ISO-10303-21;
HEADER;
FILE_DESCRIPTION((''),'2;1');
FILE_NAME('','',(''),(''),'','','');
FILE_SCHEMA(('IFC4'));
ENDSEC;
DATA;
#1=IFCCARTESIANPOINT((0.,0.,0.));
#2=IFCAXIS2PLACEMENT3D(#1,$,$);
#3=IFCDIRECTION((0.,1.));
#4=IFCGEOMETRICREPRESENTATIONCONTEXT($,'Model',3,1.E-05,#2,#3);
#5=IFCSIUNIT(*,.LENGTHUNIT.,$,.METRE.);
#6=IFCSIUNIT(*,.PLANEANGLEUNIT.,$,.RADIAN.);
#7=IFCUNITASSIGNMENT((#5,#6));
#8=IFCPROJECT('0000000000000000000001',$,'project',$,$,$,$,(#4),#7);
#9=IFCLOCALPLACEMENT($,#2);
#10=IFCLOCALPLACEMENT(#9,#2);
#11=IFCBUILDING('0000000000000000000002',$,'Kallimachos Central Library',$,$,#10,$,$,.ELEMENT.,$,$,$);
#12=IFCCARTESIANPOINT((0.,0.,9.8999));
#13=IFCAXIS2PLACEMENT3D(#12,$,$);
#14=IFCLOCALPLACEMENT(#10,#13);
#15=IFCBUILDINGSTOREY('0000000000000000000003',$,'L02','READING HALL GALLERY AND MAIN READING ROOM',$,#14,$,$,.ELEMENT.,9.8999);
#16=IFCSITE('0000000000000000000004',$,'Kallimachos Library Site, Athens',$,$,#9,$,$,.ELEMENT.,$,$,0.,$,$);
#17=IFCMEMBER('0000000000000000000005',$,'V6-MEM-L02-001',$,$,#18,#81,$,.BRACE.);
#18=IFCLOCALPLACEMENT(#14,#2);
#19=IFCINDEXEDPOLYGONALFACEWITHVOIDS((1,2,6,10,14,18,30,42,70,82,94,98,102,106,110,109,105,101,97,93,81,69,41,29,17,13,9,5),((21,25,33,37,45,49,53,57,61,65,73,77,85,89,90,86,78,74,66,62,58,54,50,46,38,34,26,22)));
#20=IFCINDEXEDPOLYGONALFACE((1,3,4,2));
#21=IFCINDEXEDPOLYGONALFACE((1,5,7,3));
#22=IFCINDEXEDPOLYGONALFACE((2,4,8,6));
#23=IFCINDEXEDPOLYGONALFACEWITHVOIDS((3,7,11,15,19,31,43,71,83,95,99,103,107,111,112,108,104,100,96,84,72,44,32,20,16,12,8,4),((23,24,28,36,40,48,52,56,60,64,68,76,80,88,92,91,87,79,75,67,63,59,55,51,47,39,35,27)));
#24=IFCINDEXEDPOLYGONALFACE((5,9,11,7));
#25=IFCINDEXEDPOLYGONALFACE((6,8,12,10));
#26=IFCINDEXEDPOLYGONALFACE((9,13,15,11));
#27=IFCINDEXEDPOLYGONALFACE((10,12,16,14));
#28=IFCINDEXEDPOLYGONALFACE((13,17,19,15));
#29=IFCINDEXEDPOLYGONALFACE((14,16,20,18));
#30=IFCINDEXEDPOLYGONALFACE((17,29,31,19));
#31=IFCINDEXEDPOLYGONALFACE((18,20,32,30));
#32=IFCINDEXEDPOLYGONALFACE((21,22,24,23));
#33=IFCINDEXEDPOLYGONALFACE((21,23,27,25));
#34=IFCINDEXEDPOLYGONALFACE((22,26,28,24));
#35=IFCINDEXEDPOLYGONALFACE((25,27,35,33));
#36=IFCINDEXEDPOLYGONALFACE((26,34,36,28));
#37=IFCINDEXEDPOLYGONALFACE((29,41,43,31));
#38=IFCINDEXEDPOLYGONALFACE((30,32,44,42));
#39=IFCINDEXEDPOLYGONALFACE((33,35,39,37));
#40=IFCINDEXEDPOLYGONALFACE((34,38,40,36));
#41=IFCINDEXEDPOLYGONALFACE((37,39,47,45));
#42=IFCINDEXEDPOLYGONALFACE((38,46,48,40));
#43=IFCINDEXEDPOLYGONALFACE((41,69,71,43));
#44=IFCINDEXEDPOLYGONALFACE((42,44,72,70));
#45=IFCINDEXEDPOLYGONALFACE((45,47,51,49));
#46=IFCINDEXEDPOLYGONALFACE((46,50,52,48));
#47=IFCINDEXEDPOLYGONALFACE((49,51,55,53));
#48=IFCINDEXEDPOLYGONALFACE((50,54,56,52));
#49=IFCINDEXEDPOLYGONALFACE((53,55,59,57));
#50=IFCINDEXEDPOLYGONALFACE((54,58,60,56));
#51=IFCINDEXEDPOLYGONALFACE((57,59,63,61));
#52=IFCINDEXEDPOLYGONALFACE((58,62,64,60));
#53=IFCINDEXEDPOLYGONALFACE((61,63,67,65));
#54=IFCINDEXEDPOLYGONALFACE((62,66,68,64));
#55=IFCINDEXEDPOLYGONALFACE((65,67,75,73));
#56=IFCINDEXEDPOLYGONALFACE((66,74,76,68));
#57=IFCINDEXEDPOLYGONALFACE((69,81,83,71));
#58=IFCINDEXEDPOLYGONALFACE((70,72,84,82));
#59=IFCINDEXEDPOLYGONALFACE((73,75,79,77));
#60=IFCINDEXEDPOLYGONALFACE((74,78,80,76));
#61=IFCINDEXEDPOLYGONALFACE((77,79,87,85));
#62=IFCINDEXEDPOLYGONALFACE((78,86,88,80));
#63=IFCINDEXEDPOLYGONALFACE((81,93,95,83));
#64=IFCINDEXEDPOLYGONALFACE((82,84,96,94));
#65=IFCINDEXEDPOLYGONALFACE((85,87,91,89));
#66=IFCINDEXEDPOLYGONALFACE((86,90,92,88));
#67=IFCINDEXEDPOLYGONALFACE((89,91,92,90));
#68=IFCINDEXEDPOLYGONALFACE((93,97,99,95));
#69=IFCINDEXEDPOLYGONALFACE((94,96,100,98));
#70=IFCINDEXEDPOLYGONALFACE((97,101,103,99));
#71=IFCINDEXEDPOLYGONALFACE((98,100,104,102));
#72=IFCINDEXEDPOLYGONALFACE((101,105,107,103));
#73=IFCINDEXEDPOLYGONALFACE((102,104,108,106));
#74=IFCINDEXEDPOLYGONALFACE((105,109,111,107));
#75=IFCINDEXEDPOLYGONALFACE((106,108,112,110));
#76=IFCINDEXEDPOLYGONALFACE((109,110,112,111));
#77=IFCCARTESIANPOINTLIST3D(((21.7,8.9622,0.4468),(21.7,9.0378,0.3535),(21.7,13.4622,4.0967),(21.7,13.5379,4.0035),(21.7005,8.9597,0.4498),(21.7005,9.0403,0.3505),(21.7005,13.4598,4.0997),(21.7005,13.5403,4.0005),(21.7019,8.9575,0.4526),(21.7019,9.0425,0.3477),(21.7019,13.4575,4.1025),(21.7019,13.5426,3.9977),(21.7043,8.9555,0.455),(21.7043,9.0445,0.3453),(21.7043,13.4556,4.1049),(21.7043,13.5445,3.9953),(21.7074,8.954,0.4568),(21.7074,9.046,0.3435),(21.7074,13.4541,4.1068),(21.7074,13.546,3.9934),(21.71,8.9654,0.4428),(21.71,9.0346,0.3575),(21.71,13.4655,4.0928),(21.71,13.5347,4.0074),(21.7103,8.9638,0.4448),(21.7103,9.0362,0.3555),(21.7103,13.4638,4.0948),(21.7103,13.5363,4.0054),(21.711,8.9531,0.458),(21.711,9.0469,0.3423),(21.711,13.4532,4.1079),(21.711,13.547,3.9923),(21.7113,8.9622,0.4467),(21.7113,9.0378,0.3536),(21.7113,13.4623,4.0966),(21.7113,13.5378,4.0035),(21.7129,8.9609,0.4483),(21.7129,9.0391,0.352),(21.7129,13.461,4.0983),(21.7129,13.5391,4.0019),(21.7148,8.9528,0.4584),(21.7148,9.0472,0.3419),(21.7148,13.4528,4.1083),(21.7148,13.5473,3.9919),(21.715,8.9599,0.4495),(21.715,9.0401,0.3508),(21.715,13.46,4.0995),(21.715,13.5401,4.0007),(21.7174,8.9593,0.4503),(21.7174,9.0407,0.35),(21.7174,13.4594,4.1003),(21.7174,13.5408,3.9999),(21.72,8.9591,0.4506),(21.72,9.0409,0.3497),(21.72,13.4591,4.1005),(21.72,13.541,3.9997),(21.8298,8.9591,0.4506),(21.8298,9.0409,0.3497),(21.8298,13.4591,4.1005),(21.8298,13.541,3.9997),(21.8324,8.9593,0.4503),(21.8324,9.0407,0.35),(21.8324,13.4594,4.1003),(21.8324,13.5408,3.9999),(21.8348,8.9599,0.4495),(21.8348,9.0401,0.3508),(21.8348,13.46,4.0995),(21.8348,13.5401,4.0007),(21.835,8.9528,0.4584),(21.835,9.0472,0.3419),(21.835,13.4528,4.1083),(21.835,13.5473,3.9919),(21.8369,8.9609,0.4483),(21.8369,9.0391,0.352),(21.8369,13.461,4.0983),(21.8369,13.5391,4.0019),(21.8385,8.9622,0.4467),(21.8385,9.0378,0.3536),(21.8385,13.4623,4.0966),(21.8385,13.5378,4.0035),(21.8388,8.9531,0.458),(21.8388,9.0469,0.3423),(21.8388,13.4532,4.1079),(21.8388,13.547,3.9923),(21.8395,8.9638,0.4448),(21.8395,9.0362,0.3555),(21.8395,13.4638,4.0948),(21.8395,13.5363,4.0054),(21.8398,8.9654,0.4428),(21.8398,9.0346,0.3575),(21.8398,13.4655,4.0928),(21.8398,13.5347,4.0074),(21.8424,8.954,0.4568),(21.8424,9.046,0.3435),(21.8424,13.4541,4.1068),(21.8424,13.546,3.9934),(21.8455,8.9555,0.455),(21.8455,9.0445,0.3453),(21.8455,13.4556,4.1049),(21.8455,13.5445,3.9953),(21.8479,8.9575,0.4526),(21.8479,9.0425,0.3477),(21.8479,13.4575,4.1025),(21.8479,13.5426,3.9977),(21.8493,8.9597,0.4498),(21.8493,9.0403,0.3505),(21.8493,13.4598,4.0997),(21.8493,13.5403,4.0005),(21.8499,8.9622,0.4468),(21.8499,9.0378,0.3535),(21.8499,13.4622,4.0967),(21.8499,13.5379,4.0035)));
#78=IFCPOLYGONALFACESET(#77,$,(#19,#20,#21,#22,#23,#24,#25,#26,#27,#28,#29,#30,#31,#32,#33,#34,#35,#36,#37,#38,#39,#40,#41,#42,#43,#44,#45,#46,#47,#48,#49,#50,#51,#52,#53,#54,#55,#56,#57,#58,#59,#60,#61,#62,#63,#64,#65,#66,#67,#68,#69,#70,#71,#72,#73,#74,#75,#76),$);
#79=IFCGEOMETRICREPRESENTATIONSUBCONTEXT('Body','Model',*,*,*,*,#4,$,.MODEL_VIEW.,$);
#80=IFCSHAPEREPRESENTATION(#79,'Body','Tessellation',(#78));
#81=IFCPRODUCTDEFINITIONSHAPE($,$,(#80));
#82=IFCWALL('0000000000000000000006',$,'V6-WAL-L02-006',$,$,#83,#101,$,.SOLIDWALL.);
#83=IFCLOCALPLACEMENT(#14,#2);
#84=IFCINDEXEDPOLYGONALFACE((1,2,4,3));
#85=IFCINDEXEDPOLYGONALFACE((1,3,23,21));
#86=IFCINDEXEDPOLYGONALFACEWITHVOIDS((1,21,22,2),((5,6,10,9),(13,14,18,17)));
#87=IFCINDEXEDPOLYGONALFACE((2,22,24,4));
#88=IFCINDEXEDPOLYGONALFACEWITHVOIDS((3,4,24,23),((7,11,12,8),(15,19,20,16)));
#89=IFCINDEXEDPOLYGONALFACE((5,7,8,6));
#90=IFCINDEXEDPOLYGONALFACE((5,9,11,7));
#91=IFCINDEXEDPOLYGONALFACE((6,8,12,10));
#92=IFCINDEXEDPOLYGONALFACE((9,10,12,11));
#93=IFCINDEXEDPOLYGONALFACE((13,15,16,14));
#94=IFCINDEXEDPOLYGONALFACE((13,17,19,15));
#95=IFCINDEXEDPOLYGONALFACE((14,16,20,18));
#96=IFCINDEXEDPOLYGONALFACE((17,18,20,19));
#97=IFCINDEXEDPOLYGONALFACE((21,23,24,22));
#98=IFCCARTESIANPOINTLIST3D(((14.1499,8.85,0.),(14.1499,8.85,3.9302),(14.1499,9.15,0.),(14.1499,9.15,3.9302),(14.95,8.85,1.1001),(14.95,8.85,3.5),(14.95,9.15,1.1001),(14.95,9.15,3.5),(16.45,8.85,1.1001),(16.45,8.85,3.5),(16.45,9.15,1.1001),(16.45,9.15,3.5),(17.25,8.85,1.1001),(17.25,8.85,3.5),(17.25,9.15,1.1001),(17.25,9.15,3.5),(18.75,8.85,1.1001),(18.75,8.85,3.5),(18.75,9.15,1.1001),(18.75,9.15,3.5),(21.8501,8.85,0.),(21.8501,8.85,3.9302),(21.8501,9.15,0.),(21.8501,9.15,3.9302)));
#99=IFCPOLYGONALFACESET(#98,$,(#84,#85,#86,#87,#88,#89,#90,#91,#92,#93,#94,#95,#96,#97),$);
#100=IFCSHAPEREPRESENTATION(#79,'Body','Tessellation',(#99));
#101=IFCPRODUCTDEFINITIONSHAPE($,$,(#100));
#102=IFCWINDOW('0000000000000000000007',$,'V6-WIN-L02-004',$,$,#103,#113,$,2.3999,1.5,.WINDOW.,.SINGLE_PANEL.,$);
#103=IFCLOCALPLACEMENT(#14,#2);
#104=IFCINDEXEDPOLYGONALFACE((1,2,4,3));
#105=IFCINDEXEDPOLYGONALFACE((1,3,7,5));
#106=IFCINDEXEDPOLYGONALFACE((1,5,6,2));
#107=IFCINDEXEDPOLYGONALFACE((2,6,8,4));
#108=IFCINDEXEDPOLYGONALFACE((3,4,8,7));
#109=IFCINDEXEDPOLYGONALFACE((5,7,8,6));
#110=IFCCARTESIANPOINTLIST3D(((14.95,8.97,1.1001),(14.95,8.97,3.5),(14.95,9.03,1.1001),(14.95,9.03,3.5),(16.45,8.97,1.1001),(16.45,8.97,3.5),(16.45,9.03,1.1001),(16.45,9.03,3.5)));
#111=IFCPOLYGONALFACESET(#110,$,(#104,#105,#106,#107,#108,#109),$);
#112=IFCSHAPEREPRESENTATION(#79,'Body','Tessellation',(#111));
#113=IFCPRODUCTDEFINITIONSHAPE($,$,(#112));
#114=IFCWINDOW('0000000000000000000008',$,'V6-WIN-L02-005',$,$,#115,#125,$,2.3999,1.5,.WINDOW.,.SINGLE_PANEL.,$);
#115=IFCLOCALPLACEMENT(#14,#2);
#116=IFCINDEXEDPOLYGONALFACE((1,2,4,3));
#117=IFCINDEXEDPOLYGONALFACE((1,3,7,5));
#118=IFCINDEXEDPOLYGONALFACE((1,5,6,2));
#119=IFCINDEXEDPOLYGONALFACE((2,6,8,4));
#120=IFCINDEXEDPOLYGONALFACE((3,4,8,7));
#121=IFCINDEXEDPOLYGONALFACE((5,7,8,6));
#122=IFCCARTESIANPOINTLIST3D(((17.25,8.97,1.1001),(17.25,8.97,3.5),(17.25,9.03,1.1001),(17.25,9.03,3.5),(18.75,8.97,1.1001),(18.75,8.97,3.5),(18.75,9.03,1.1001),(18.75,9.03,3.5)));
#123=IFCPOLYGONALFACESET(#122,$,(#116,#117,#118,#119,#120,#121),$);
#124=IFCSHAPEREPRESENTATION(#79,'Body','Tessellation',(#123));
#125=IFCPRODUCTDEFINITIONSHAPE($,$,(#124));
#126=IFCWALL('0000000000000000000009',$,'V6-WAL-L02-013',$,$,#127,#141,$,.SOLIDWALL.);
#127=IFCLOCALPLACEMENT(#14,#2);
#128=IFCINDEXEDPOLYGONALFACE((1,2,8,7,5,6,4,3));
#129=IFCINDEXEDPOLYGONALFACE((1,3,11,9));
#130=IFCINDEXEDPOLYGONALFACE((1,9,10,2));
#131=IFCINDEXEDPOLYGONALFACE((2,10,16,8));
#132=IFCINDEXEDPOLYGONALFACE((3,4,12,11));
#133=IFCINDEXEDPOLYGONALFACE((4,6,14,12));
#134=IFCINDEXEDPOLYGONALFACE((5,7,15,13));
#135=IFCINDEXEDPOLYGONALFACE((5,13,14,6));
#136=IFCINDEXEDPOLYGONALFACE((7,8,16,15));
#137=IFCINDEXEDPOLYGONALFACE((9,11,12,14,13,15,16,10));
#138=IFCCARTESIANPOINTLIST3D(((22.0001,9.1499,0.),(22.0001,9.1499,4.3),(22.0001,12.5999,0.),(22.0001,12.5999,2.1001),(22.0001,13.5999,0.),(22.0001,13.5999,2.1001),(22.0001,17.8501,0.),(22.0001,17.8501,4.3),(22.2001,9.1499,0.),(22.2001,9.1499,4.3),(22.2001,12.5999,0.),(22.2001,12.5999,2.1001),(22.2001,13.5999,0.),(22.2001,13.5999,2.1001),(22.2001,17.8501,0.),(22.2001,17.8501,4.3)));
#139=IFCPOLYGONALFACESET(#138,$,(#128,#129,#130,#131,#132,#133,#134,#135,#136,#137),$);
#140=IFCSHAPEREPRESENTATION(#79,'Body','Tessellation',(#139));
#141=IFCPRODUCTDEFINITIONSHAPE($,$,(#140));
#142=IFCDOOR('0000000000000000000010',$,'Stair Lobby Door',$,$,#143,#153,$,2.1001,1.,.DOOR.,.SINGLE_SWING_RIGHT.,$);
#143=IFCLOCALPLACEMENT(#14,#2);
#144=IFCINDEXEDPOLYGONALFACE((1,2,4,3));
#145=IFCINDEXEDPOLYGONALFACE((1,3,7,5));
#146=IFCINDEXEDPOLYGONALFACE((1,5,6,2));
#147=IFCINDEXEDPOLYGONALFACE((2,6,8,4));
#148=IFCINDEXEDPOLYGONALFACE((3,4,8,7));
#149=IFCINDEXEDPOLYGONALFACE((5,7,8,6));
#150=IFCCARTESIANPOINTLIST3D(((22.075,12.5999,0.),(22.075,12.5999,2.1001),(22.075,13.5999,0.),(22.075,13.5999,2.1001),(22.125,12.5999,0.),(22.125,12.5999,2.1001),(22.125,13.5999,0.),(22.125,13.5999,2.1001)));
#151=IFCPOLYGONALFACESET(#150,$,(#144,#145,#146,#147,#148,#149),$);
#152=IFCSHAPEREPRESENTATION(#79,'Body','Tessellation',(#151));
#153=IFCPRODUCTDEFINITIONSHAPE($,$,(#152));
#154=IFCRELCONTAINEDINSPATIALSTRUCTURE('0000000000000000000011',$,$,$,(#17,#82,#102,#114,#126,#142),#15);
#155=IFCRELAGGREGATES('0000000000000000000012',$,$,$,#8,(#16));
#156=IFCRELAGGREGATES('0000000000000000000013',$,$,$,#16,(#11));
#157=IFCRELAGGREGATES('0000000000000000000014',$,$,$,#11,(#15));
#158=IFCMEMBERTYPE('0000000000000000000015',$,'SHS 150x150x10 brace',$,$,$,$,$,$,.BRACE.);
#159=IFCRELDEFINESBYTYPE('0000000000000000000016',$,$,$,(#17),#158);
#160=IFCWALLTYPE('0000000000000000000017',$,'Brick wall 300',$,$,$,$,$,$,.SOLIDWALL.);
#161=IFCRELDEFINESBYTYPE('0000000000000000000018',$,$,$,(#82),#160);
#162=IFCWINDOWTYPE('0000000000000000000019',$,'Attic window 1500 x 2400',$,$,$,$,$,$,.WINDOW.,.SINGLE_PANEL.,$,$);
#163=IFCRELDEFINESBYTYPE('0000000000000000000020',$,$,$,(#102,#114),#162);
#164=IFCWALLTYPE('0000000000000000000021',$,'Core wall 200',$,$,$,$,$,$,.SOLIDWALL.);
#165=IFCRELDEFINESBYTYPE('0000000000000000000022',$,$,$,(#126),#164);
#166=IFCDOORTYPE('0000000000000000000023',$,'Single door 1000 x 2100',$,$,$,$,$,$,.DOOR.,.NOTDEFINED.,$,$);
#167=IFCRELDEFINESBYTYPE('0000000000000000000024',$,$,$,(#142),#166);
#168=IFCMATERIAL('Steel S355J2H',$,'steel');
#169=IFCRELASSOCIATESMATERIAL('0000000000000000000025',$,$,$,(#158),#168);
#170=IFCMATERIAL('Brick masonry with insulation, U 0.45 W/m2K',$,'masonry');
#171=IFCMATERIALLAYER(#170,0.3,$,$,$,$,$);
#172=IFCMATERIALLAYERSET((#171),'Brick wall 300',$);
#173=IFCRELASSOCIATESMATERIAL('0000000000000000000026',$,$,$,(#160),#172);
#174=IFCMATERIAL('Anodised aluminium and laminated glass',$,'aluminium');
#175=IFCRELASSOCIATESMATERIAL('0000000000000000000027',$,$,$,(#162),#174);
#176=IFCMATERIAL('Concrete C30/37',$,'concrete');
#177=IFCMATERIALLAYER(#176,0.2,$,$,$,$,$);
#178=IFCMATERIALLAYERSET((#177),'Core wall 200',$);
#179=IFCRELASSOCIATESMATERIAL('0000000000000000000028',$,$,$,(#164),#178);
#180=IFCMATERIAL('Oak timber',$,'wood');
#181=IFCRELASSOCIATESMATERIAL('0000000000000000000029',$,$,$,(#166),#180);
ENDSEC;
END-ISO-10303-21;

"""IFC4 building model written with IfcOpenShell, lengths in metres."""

from ifc_helpers import new_model, si_unit, direction, frame, frame_2d, origin, origin_2d, place, context, subcontext, project, spatial, rectangle, hollow_rectangle, extrude, material, layer, layer_set, material_profile, profile_set, type_object, element, fill, save


model = new_model("IFC4")

# Units and contexts
model_context = context("Model", 3, precision=1e-05, world=origin(), true_north=direction((0.0, 1.0)))
body_context = subcontext(model_context, "Body", "Model", "MODEL_VIEW")
ifc_project = project(units=[si_unit("LENGTHUNIT", "METRE"), si_unit("PLANEANGLEUNIT", "RADIAN")], contexts=[model_context])

# Site, building, storey
site_placement = place(None, origin())
site = spatial("IfcSite", under=ifc_project, at=site_placement, Name="Kallimachos Library Site, Athens", CompositionType="ELEMENT", RefElevation=0.0)
building_placement = place(site_placement, origin())
building = spatial("IfcBuilding", under=site, at=building_placement, Name="Kallimachos Central Library", CompositionType="ELEMENT")
storey_placement = place(building_placement, frame((0.0, 0.0, 9.8999)))
storey = spatial("IfcBuildingStorey", under=building, at=storey_placement, Name="L02", Description="READING HALL GALLERY AND MAIN READING ROOM", CompositionType="ELEMENT", Elevation=9.8999)

# Member
ifc_material_1 = material(Name="Steel S355J2H", Category="steel")
ifc_material_profile_1 = material_profile(ifc_material_1, hollow_rectangle(XDim=0.1499, YDim=0.1499, WallThickness=0.01, InnerFilletRadius=0.01, OuterFilletRadius=0.0149, at=origin_2d()), Name="SHS 150x150x10")
ifc_profile_set_1 = profile_set([ifc_material_profile_1], Name="Steel S355J2H")
member_type = type_object("IfcMemberType", Name="SHS 150x150x10 brace", PredefinedType="BRACE", material=ifc_profile_set_1)
member_placement = place(storey_placement, frame((21.7749, 9.0, 0.4001), z_axis=(0.0, 0.77665, 0.629932), x_axis=(-1.0, 0.0, 0.0)))
element("IfcMember", 1, at=member_placement, inside=storey, type_object=member_type, Name="V6-MEM-L02-001", PredefinedType="BRACE", context=body_context, shape_type="SweptSolid", body=[
    extrude(hollow_rectangle(XDim=0.1499, YDim=0.1499, WallThickness=0.01, InnerFilletRadius=0.01, OuterFilletRadius=0.0149, at=origin_2d()), origin(), (0.0, 0.0, 1.0), 5.7942),
])

# Wall, openings, windows
ifc_material_2 = material(Name="Brick masonry with insulation, U 0.45 W/m2K", Category="masonry")
ifc_layer_1 = layer(ifc_material_2, 0.3)
ifc_layer_set_1 = layer_set([ifc_layer_1], Name="Brick wall 300")
wall_type_1 = type_object("IfcWallType", Name="Brick wall 300", PredefinedType="SOLIDWALL", material=ifc_layer_set_1)
wall_1_placement = place(storey_placement, frame((14.1499, 9.0, 0.0), z_axis=(0.0, 0.0, 1.0), x_axis=(1.0, 0.0, 0.0)))
wall_1 = element("IfcWall", 2, at=wall_1_placement, inside=storey, type_object=wall_type_1, Name="V6-WAL-L02-006", PredefinedType="SOLIDWALL", context=body_context, shape_type="SweptSolid", body=[
    extrude(rectangle(XDim=7.7002, YDim=0.3, at=frame_2d((3.8501, 0.0))), origin(), (0.0, 0.0, 1.0), 3.9302),
])
opening_1_placement = place(wall_1_placement, frame((0.8, 0.0, 1.1001)))
opening_1 = element("IfcOpeningElement", 3, at=opening_1_placement, cuts=wall_1, PredefinedType="OPENING", context=body_context, shape_type="SweptSolid", body=[
    extrude(rectangle(XDim=1.5, YDim=2.3999, at=frame_2d((0.75, 1.2))), frame((0.0, 0.1599, 0.0), z_axis=(0.0, -1.0, 0.0), x_axis=(1.0, 0.0, 0.0)), (0.0, 0.0, 1.0), 0.3201),
])
opening_2_placement = place(wall_1_placement, frame((3.1001, 0.0, 1.1001)))
opening_2 = element("IfcOpeningElement", 4, at=opening_2_placement, cuts=wall_1, PredefinedType="OPENING", context=body_context, shape_type="SweptSolid", body=[
    extrude(rectangle(XDim=1.5, YDim=2.3999, at=frame_2d((0.75, 1.2))), frame((0.0, 0.1599, 0.0), z_axis=(0.0, -1.0, 0.0), x_axis=(1.0, 0.0, 0.0)), (0.0, 0.0, 1.0), 0.3201),
])
ifc_material_3 = material(Name="Anodised aluminium and laminated glass", Category="aluminium")
window_type = type_object("IfcWindowType", Name="Attic window 1500 x 2400", PartitioningType="SINGLE_PANEL", PredefinedType="WINDOW", material=ifc_material_3)
window_1_placement = place(opening_1_placement, origin())
window_1 = element("IfcWindow", 5, at=window_1_placement, inside=storey, type_object=window_type, Name="V6-WIN-L02-004", OverallHeight=2.3999, OverallWidth=1.5, PartitioningType="SINGLE_PANEL", PredefinedType="WINDOW", context=body_context, shape_type="SweptSolid", body=[
    extrude(rectangle(XDim=1.5, YDim=2.3999, at=frame_2d((0.75, 1.2))), frame((0.0, 0.03, 0.0), z_axis=(0.0, -1.0, 0.0), x_axis=(1.0, 0.0, 0.0)), (0.0, 0.0, 1.0), 0.0601),
])
fill(opening_1, window_1)
window_2_placement = place(opening_2_placement, origin())
window_2 = element("IfcWindow", 6, at=window_2_placement, inside=storey, type_object=window_type, Name="V6-WIN-L02-005", OverallHeight=2.3999, OverallWidth=1.5, PartitioningType="SINGLE_PANEL", PredefinedType="WINDOW", context=body_context, shape_type="SweptSolid", body=[
    extrude(rectangle(XDim=1.5, YDim=2.3999, at=frame_2d((0.75, 1.2))), frame((0.0, 0.03, 0.0), z_axis=(0.0, -1.0, 0.0), x_axis=(1.0, 0.0, 0.0)), (0.0, 0.0, 1.0), 0.0601),
])
fill(opening_2, window_2)

# Wall, opening, door
ifc_material_4 = material(Name="Concrete C30/37", Category="concrete")
ifc_layer_2 = layer(ifc_material_4, 0.2)
ifc_layer_set_2 = layer_set([ifc_layer_2], Name="Core wall 200")
wall_type_2 = type_object("IfcWallType", Name="Core wall 200", PredefinedType="SOLIDWALL", material=ifc_layer_set_2)
wall_2_placement = place(storey_placement, frame((22.1001, 9.1499, 0.0), z_axis=(0.0, 0.0, 1.0), x_axis=(0.0, 1.0, 0.0)))
wall_2 = element("IfcWall", 7, at=wall_2_placement, inside=storey, type_object=wall_type_2, Name="V6-WAL-L02-013", PredefinedType="SOLIDWALL", context=body_context, shape_type="SweptSolid", body=[
    extrude(rectangle(XDim=8.7002, YDim=0.2, at=frame_2d((4.3501, 0.0))), origin(), (0.0, 0.0, 1.0), 4.3),
])
opening_3_placement = place(wall_2_placement, frame((3.45, 0.0, 0.0)))
opening_3 = element("IfcOpeningElement", 8, at=opening_3_placement, cuts=wall_2, PredefinedType="OPENING", context=body_context, shape_type="SweptSolid", body=[
    extrude(rectangle(XDim=1.0, YDim=2.1001, at=frame_2d((0.5, 1.05))), frame((0.0, 0.1099, 0.0), z_axis=(0.0, -1.0, 0.0), x_axis=(1.0, 0.0, 0.0)), (0.0, 0.0, 1.0), 0.22),
])
ifc_material_5 = material(Name="Oak timber", Category="wood")
door_type_1 = type_object("IfcDoorType", Name="Single door 1000 x 2100", OperationType="NOTDEFINED", PredefinedType="DOOR", material=ifc_material_5)
door_1_placement = place(opening_3_placement, frame((1.0, 0.0, 0.0), z_axis=(0.0, 0.0, 1.0), x_axis=(-1.0, 0.0, 0.0)))
door_1 = element("IfcDoor", 9, at=door_1_placement, inside=storey, type_object=door_type_1, Name="Stair Lobby Door", OperationType="SINGLE_SWING_RIGHT", OverallHeight=2.1001, OverallWidth=1.0, PredefinedType="DOOR", context=body_context, shape_type="SweptSolid", body=[
    extrude(rectangle(XDim=1.0, YDim=2.1001, at=frame_2d((0.5, 1.05))), frame((0.0, 0.0249, 0.0), z_axis=(0.0, -1.0, 0.0), x_axis=(1.0, 0.0, 0.0)), (0.0, 0.0, 1.0), 0.05),
])
fill(opening_3, door_1)

save(model, "model.ifc")
